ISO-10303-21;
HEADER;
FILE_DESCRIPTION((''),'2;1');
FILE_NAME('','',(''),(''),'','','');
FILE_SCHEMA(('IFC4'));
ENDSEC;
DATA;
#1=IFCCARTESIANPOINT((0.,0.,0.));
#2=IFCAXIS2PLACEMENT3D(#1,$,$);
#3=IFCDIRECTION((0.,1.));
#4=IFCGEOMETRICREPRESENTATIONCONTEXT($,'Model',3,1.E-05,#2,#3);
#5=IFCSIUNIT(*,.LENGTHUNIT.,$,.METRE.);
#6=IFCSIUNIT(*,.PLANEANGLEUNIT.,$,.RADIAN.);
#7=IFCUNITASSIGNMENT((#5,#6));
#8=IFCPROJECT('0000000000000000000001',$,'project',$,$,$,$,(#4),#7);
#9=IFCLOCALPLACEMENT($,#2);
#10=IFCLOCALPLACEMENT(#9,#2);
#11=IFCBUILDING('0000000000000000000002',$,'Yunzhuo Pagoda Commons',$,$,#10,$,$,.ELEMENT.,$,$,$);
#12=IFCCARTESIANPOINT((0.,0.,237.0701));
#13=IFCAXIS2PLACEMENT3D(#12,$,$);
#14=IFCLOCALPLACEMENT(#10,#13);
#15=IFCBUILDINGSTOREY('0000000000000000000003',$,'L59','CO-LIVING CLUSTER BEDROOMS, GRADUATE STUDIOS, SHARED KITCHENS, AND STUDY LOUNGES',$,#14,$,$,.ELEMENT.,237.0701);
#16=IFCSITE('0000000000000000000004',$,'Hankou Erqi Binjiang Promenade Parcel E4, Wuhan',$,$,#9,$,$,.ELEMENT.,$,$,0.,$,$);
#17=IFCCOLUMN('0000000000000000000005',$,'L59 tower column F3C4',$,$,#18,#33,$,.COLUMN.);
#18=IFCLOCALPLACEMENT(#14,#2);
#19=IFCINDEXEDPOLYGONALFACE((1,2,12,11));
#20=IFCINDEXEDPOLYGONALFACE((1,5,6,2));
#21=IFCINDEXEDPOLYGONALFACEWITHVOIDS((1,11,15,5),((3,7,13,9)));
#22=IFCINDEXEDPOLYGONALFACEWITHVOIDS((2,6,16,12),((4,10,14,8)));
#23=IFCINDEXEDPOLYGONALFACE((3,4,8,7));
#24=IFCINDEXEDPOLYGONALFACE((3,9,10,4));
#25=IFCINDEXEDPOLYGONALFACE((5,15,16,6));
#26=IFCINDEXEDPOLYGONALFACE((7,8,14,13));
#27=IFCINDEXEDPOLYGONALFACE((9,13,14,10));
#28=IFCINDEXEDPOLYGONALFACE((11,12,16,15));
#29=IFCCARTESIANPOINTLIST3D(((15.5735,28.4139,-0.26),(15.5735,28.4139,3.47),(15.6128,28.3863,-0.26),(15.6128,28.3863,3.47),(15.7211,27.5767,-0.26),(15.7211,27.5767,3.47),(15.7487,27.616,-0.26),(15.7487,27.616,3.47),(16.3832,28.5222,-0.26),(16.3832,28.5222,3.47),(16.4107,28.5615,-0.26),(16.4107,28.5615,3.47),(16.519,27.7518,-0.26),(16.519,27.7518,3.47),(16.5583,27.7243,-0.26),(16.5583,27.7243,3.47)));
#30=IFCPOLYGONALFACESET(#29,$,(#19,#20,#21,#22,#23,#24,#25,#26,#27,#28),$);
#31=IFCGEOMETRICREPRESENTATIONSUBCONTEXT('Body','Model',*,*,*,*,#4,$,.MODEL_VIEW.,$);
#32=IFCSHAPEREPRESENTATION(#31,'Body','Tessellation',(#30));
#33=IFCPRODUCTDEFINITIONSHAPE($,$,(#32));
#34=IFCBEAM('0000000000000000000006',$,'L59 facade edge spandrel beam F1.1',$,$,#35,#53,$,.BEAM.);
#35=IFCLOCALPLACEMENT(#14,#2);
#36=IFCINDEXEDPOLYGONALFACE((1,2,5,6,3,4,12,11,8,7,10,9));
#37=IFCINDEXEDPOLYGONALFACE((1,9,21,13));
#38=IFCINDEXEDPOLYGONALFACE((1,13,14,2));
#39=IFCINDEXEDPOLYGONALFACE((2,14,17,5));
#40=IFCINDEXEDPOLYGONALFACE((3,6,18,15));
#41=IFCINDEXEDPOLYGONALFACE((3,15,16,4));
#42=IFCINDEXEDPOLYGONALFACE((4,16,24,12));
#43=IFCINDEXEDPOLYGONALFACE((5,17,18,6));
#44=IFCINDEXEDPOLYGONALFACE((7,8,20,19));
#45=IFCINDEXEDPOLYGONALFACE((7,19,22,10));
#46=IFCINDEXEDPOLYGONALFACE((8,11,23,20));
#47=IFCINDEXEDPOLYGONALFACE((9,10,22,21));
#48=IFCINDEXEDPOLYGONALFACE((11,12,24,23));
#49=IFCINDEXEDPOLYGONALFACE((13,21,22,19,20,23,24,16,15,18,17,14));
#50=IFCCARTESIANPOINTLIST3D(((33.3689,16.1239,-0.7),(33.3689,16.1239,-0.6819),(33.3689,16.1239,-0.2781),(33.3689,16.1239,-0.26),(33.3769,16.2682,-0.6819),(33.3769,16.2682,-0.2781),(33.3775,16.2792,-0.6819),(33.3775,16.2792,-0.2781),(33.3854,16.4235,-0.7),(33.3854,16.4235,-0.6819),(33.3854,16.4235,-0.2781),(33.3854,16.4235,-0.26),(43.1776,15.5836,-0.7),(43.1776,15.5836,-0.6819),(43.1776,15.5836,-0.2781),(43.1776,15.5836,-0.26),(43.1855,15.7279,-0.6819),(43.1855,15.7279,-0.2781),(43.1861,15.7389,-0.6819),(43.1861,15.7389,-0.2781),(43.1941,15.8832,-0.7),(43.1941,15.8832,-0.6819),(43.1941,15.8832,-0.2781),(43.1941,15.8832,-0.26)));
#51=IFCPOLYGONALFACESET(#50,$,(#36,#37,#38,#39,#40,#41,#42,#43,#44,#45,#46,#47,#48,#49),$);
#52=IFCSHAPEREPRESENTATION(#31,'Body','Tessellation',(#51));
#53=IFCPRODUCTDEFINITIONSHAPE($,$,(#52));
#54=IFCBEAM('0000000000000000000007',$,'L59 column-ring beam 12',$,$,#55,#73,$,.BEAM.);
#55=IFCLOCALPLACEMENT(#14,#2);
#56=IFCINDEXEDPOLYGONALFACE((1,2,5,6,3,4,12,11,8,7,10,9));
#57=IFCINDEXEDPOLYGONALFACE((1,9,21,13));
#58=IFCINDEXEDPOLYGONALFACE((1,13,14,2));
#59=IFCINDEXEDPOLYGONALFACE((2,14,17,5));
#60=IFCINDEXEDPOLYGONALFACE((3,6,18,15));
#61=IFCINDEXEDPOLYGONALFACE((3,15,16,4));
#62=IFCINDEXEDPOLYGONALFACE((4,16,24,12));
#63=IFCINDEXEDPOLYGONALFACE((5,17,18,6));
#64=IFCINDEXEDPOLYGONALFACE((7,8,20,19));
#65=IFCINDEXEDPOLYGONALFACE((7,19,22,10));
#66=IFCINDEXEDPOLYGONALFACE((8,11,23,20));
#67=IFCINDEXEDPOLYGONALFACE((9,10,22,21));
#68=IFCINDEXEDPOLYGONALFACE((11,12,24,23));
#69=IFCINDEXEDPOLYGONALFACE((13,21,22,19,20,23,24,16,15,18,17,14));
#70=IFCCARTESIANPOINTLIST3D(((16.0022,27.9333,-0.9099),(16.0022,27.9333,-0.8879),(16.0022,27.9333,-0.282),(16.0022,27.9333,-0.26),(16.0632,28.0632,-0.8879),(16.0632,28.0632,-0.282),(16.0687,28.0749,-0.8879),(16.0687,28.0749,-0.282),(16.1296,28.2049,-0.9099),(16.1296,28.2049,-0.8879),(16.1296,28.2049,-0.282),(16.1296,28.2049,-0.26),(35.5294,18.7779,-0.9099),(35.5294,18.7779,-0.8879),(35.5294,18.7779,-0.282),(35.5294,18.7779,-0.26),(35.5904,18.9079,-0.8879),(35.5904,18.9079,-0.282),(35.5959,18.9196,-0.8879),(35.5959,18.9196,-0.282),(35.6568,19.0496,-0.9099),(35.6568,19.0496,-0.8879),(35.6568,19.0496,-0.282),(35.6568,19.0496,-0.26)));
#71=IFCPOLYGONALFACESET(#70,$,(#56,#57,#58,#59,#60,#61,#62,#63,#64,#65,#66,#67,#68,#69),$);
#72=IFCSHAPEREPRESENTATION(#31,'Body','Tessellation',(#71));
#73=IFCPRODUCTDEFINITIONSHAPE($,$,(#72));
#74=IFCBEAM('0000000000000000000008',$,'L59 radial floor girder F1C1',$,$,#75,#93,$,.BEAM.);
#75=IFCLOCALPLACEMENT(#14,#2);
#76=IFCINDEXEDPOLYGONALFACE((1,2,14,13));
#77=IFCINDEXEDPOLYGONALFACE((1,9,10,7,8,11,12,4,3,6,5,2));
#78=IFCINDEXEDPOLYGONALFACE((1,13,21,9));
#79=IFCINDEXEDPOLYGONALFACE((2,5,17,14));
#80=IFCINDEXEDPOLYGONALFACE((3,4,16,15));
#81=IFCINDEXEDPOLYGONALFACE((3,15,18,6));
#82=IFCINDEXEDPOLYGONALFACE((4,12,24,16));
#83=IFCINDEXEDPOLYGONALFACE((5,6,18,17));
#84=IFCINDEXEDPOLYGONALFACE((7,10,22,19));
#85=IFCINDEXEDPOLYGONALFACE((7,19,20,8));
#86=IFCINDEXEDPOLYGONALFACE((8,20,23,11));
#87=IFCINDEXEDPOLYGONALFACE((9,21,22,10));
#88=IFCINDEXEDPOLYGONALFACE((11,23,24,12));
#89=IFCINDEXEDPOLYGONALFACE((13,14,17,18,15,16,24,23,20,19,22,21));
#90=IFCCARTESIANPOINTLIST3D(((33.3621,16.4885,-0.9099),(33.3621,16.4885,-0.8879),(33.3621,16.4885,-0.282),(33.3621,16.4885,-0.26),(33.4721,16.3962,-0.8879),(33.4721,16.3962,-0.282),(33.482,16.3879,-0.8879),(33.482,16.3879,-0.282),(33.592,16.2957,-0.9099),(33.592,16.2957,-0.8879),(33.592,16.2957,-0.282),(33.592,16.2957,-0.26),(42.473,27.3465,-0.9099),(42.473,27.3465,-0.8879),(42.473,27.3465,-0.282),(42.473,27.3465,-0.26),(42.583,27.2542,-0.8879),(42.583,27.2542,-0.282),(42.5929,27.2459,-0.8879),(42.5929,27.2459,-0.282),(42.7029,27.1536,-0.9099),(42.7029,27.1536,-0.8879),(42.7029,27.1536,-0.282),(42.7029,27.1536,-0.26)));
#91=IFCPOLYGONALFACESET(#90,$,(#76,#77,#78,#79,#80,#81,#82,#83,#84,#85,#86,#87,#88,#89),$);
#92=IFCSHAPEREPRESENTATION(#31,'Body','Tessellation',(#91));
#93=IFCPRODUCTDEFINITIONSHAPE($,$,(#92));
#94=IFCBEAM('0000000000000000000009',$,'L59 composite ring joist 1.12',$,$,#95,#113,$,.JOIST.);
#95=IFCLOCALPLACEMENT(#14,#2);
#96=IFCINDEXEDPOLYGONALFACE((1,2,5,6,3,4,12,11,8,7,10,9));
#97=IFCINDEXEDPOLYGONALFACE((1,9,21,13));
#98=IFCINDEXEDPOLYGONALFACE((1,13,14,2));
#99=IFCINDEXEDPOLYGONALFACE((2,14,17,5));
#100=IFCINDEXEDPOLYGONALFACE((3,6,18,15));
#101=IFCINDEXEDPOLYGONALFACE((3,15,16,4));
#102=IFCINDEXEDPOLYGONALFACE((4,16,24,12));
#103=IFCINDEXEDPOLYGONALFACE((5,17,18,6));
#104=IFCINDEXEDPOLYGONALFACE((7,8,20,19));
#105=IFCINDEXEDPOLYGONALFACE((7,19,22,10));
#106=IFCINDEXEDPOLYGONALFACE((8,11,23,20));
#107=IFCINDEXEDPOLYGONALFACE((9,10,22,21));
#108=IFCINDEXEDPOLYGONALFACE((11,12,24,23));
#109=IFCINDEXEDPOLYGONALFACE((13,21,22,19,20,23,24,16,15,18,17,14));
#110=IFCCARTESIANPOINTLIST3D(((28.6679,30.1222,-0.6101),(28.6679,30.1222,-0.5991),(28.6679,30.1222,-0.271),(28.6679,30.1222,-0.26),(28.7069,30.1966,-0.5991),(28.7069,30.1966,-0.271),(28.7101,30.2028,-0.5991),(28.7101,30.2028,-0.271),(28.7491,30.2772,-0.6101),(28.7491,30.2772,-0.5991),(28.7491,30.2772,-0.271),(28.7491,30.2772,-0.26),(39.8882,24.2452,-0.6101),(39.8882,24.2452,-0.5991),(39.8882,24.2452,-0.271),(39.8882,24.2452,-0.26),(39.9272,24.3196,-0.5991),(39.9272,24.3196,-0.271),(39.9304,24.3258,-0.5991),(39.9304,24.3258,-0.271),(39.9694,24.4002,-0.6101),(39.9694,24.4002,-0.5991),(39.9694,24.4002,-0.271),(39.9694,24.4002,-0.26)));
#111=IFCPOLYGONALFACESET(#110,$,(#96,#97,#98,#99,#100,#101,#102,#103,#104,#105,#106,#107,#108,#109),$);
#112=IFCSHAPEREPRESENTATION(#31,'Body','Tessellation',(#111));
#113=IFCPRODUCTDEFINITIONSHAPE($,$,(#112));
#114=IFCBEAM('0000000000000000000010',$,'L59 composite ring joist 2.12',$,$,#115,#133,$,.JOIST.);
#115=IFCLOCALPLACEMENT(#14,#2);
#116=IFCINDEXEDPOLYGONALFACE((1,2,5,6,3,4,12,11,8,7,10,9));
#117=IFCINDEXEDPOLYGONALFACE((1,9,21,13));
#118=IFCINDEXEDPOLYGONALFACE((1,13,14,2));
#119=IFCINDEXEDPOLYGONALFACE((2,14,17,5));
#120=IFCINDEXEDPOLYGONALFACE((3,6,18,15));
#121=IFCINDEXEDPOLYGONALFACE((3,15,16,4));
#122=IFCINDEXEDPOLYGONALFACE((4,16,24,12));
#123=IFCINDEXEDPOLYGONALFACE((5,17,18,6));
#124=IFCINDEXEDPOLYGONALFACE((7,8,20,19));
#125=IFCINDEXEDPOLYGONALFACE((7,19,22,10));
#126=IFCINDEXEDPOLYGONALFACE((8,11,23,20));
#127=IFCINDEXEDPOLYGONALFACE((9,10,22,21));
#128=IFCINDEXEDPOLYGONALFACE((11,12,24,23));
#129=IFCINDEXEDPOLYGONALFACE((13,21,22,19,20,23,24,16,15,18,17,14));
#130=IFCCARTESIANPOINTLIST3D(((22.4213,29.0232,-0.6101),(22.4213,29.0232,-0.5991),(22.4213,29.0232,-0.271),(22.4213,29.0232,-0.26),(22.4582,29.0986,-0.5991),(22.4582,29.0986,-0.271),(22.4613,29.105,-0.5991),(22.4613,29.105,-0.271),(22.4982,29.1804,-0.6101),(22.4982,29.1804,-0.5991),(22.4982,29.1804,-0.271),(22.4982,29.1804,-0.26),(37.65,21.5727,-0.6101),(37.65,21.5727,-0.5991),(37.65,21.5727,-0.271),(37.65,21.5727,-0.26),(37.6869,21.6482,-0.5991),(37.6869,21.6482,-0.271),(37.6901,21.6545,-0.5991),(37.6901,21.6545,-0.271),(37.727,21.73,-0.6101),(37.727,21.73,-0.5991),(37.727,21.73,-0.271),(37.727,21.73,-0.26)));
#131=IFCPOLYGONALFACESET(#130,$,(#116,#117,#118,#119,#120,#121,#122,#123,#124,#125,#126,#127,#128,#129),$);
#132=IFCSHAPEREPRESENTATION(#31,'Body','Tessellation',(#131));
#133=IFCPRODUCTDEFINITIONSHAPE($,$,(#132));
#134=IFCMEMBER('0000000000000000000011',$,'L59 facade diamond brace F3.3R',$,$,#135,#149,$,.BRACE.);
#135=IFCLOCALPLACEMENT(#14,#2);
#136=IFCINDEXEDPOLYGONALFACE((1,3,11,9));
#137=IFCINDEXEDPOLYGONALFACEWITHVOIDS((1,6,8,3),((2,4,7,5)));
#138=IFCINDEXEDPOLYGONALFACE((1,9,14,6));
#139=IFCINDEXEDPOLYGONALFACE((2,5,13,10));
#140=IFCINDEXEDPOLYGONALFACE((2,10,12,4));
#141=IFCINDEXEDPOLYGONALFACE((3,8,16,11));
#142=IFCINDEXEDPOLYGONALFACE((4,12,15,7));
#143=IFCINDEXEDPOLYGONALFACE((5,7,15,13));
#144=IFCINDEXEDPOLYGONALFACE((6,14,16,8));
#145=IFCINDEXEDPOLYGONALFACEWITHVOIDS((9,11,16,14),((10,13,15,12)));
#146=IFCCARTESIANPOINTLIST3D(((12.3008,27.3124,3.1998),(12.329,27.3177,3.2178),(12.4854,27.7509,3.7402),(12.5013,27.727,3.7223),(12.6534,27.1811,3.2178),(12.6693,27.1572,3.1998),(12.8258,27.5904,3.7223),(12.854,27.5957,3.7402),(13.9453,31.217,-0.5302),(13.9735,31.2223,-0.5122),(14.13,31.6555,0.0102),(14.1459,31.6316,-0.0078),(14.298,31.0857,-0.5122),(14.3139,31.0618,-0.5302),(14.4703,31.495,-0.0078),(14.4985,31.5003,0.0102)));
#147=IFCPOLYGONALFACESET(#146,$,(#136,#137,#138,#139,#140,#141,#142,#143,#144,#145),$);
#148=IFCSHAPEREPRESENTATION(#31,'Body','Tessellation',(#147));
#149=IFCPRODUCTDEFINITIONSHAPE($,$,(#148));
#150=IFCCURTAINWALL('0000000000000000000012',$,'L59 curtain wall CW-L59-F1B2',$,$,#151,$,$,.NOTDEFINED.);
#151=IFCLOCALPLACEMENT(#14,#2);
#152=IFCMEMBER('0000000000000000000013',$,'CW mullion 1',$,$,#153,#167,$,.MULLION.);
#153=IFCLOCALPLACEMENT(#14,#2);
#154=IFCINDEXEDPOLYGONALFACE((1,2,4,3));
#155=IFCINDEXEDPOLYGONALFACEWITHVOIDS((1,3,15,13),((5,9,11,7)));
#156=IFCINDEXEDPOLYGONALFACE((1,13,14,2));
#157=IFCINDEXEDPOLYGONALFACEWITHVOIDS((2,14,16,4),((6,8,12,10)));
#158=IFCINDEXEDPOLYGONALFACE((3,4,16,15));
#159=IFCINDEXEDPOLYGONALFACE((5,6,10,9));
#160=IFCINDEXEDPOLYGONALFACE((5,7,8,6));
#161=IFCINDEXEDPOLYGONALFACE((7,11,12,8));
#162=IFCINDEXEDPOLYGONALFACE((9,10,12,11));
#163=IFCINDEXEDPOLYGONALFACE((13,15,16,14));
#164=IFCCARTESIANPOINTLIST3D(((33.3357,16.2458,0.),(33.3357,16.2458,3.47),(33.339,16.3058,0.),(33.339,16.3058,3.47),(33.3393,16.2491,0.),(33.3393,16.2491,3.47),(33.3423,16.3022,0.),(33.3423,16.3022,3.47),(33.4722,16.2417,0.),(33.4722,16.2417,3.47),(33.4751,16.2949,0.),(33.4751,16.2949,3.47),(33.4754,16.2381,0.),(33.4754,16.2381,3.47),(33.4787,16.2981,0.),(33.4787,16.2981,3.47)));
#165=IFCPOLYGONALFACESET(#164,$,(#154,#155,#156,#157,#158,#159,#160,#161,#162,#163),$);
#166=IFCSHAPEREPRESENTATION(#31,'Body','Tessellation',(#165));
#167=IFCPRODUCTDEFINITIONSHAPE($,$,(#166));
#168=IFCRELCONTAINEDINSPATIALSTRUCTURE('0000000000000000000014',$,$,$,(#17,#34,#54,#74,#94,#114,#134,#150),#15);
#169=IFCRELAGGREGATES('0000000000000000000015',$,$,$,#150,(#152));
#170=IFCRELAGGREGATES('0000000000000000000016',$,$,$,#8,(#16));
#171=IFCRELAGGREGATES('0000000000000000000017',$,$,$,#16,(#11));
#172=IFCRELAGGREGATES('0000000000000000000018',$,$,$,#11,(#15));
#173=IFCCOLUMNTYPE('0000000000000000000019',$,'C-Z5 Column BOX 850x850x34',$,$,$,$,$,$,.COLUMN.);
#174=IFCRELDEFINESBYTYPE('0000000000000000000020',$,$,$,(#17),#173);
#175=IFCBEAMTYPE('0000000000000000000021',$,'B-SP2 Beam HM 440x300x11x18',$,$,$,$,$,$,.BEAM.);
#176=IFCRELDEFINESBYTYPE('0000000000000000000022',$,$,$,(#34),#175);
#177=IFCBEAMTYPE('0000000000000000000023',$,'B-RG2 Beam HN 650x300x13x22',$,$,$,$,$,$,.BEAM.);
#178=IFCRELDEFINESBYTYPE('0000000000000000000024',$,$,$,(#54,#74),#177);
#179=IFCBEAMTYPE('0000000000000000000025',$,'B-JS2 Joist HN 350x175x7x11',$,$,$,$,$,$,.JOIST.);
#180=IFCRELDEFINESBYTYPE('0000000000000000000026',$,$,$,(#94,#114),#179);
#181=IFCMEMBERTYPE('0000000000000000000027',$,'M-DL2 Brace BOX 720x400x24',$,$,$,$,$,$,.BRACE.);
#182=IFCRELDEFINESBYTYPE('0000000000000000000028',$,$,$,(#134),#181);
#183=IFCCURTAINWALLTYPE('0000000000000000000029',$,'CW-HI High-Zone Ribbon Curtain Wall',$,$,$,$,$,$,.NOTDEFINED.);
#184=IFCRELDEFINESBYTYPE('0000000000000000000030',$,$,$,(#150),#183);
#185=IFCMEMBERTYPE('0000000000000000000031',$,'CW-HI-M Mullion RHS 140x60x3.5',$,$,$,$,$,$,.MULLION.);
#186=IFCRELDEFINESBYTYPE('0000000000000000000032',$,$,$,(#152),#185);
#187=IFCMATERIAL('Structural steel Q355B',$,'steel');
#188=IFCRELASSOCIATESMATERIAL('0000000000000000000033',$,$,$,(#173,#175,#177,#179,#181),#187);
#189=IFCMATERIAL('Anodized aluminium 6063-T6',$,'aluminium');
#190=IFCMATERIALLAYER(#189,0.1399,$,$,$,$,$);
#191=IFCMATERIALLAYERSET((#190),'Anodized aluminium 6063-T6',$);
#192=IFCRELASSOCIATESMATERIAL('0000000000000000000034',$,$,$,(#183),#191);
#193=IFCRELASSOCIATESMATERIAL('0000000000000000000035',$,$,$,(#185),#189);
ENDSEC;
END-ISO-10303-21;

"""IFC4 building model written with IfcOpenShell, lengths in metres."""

from ifc_helpers import new_model, si_unit, direction, frame, origin, origin_2d, place, context, subcontext, project, spatial, hollow_rectangle, i_section, extrude, source, transform, mapped, material, layer, layer_set, material_profile, profile_set, type_object, element, aggregate, save


model = new_model("IFC4")

# Units and contexts
model_context = context("Model", 3, precision=1e-05, world=origin(), true_north=direction((0.0, 1.0)))
body_context = subcontext(model_context, "Body", "Model", "MODEL_VIEW")
ifc_project = project(units=[si_unit("LENGTHUNIT", "METRE"), si_unit("PLANEANGLEUNIT", "RADIAN")], contexts=[model_context])

# Site, building, storey
site_placement = place(None, origin())
site = spatial("IfcSite", under=ifc_project, at=site_placement, Name="Hankou Erqi Binjiang Promenade Parcel E4, Wuhan", CompositionType="ELEMENT", RefElevation=0.0)
building_placement = place(site_placement, origin())
building = spatial("IfcBuilding", under=site, at=building_placement, Name="Yunzhuo Pagoda Commons", CompositionType="ELEMENT")
storey_placement = place(building_placement, frame((0.0, 0.0, 237.0701)))
storey = spatial("IfcBuildingStorey", under=building, at=storey_placement, Name="L59", Description="CO-LIVING CLUSTER BEDROOMS, GRADUATE STUDIOS, SHARED KITCHENS, AND STUDY LOUNGES", CompositionType="ELEMENT", Elevation=237.0701)

# Column
ifc_material_1 = material(Name="Structural steel Q355B", Category="steel")
ifc_material_profile_1 = material_profile(ifc_material_1, hollow_rectangle(XDim=0.8501, YDim=0.8501, WallThickness=0.0339, at=origin_2d()), Name="Structural steel Q355B")
ifc_profile_set_1 = profile_set([ifc_material_profile_1], Name="Structural steel Q355B")
column_type = type_object("IfcColumnType", Name="C-Z5 Column BOX 850x850x34", PredefinedType="COLUMN", material=ifc_profile_set_1)
shared_shape_1 = source(origin(), body_context, "Body", "SweptSolid", [
    extrude(hollow_rectangle(XDim=0.8501, YDim=0.8501, WallThickness=0.0339, at=origin_2d()), origin(), (0.0, 0.0, 1.0), 3.73),
])
column_placement = place(storey_placement, frame((16.0659, 28.0691, -0.26), z_axis=(0.0, 0.0, 1.0), x_axis=(0.173648, -0.984808, 0.0)))
element("IfcColumn", 1, at=column_placement, inside=storey, type_object=column_type, Name="L59 tower column F3C4", PredefinedType="COLUMN", context=body_context, shape_type="MappedRepresentation", body=[
    mapped(shared_shape_1, transform((0.0, 0.0, 0.0), scale=1.0)),
])

# Beams
ifc_material_profile_2 = material_profile(ifc_material_1, i_section(OverallWidth=0.3, OverallDepth=0.4399, WebThickness=0.011, FlangeThickness=0.0181, at=origin_2d()), Name="Structural steel Q355B")
ifc_profile_set_2 = profile_set([ifc_material_profile_2], Name="Structural steel Q355B")
beam_type_1 = type_object("IfcBeamType", Name="B-SP2 Beam HM 440x300x11x18", PredefinedType="BEAM", material=ifc_profile_set_2)
shared_shape_2 = source(origin(), body_context, "Body", "SweptSolid", [
    extrude(i_section(OverallWidth=0.3, OverallDepth=0.4399, WebThickness=0.011, FlangeThickness=0.0181, at=origin_2d()), origin(), (0.0, 0.0, 1.0), 9.8235),
])
beam_1_placement = place(storey_placement, frame((33.3772, 16.2737, -0.48), z_axis=(0.998486, -0.054999, 0.0), x_axis=(0.054999, 0.998486, 0.0)))
element("IfcBeam", 2, at=beam_1_placement, inside=storey, type_object=beam_type_1, Name="L59 facade edge spandrel beam F1.1", PredefinedType="BEAM", context=body_context, shape_type="MappedRepresentation", body=[
    mapped(shared_shape_2, transform((0.0, 0.0, 0.0), scale=1.0)),
])
ifc_material_profile_3 = material_profile(ifc_material_1, i_section(OverallWidth=0.3, OverallDepth=0.6499, WebThickness=0.0129, FlangeThickness=0.022, at=origin_2d()), Name="Structural steel Q355B")
ifc_profile_set_3 = profile_set([ifc_material_profile_3], Name="Structural steel Q355B")
beam_type_2 = type_object("IfcBeamType", Name="B-RG2 Beam HN 650x300x13x22", PredefinedType="BEAM", material=ifc_profile_set_3)
shared_shape_3 = source(origin(), body_context, "Body", "SweptSolid", [
    extrude(i_section(OverallWidth=0.3, OverallDepth=0.6499, WebThickness=0.0129, FlangeThickness=0.022, at=origin_2d()), origin(), (0.0, 0.0, 1.0), 21.5669),
])
beam_2_placement = place(storey_placement, frame((16.0659, 28.0691, -0.585), z_axis=(0.905424, -0.424508, 0.0), x_axis=(0.424508, 0.905424, 0.0)))
element("IfcBeam", 3, at=beam_2_placement, inside=storey, type_object=beam_type_2, Name="L59 column-ring beam 12", PredefinedType="BEAM", context=body_context, shape_type="MappedRepresentation", body=[
    mapped(shared_shape_3, transform((0.0, 0.0, 0.0), scale=1.0)),
])
shared_shape_4 = source(origin(), body_context, "Body", "SweptSolid", [
    extrude(i_section(OverallWidth=0.3, OverallDepth=0.6499, WebThickness=0.0129, FlangeThickness=0.022, at=origin_2d()), origin(), (0.0, 0.0, 1.0), 14.1741),
])
beam_3_placement = place(storey_placement, frame((33.4771, 16.3921, -0.585), z_axis=(0.642786, 0.766045, 0.0), x_axis=(-0.766045, 0.642786, 0.0)))
element("IfcBeam", 4, at=beam_3_placement, inside=storey, type_object=beam_type_2, Name="L59 radial floor girder F1C1", PredefinedType="BEAM", context=body_context, shape_type="MappedRepresentation", body=[
    mapped(shared_shape_4, transform((0.0, 0.0, 0.0), scale=1.0)),
])
ifc_material_profile_4 = material_profile(ifc_material_1, i_section(OverallWidth=0.175, OverallDepth=0.3501, WebThickness=0.0071, FlangeThickness=0.011, at=origin_2d()), Name="Structural steel Q355B")
ifc_profile_set_4 = profile_set([ifc_material_profile_4], Name="Structural steel Q355B")
beam_type_3 = type_object("IfcBeamType", Name="B-JS2 Joist HN 350x175x7x11", PredefinedType="JOIST", material=ifc_profile_set_4)
shared_shape_5 = source(origin(), body_context, "Body", "SweptSolid", [
    extrude(i_section(OverallWidth=0.175, OverallDepth=0.3501, WebThickness=0.0071, FlangeThickness=0.011, at=origin_2d()), origin(), (0.0, 0.0, 1.0), 12.6663),
])
beam_4_placement = place(storey_placement, frame((28.7085, 30.1997, -0.4351), z_axis=(0.885841, -0.463988, 0.0), x_axis=(0.463988, 0.885841, 0.0)))
element("IfcBeam", 5, at=beam_4_placement, inside=storey, type_object=beam_type_3, Name="L59 composite ring joist 1.12", PredefinedType="JOIST", context=body_context, shape_type="MappedRepresentation", body=[
    mapped(shared_shape_5, transform((0.0, 0.0, 0.0), scale=1.0)),
])
shared_shape_6 = source(origin(), body_context, "Body", "SweptSolid", [
    extrude(i_section(OverallWidth=0.175, OverallDepth=0.3501, WebThickness=0.0071, FlangeThickness=0.011, at=origin_2d()), origin(), (0.0, 0.0, 1.0), 16.9536),
])
beam_5_placement = place(storey_placement, frame((22.4597, 29.1018, -0.4351), z_axis=(0.898262, -0.439461, 0.0), x_axis=(0.439461, 0.898262, 0.0)))
element("IfcBeam", 6, at=beam_5_placement, inside=storey, type_object=beam_type_3, Name="L59 composite ring joist 2.12", PredefinedType="JOIST", context=body_context, shape_type="MappedRepresentation", body=[
    mapped(shared_shape_6, transform((0.0, 0.0, 0.0), scale=1.0)),
])

# Member
ifc_material_profile_5 = material_profile(ifc_material_1, hollow_rectangle(XDim=0.3999, YDim=0.72, WallThickness=0.0239, at=origin_2d()), Name="Structural steel Q355B")
ifc_profile_set_5 = profile_set([ifc_material_profile_5], Name="Structural steel Q355B")
member_type_1 = type_object("IfcMemberType", Name="M-DL2 Brace BOX 720x400x24", PredefinedType="BRACE", material=ifc_profile_set_5)
shared_shape_7 = source(origin(), body_context, "Body", "SweptSolid", [
    extrude(hollow_rectangle(XDim=0.3999, YDim=0.72, WallThickness=0.0239, at=origin_2d()), origin(), (0.0, 0.0, 1.0), 5.6448),
])
member_1_placement = place(storey_placement, frame((14.2219, 31.3586, -0.26), z_axis=(-0.291341, -0.691718, 0.660793), x_axis=(0.921592, -0.38816, 0.0)))
element("IfcMember", 7, at=member_1_placement, inside=storey, type_object=member_type_1, Name="L59 facade diamond brace F3.3R", PredefinedType="BRACE", context=body_context, shape_type="MappedRepresentation", body=[
    mapped(shared_shape_7, transform((0.0, 0.0, 0.0), scale=1.0)),
])

# Curtain wall, member
ifc_material_2 = material(Name="Anodized aluminium 6063-T6", Category="aluminium")
ifc_layer_1 = layer(ifc_material_2, 0.1399)
ifc_layer_set_1 = layer_set([ifc_layer_1], Name="Anodized aluminium 6063-T6")
curtain_wall_type = type_object("IfcCurtainWallType", Name="CW-HI High-Zone Ribbon Curtain Wall", PredefinedType="NOTDEFINED", material=ifc_layer_set_1)
curtain_wall_1_placement = place(storey_placement, origin())
curtain_wall_1 = element("IfcCurtainWall", 8, at=curtain_wall_1_placement, inside=storey, type_object=curtain_wall_type, Name="L59 curtain wall CW-L59-F1B2", PredefinedType="NOTDEFINED")
ifc_material_profile_6 = material_profile(ifc_material_2, hollow_rectangle(XDim=0.0601, YDim=0.1399, WallThickness=0.0034, at=origin_2d()), Name="Anodized aluminium 6063-T6")
ifc_profile_set_6 = profile_set([ifc_material_profile_6], Name="Anodized aluminium 6063-T6")
member_type_2 = type_object("IfcMemberType", Name="CW-HI-M Mullion RHS 140x60x3.5", PredefinedType="MULLION", material=ifc_profile_set_6)
shared_shape_8 = source(origin(), body_context, "Body", "SweptSolid", [
    extrude(hollow_rectangle(XDim=0.0601, YDim=0.1399, WallThickness=0.0034, at=origin_2d()), origin(), (0.0, 0.0, 1.0), 3.47),
])
member_2_placement = place(storey_placement, frame((33.4072, 16.272, 0.0), z_axis=(0.0, 0.0, 1.0), x_axis=(0.054981, 0.998487, 0.0)))
member_2 = element("IfcMember", 9, at=member_2_placement, type_object=member_type_2, Name="CW mullion 1", PredefinedType="MULLION", context=body_context, shape_type="MappedRepresentation", body=[
    mapped(shared_shape_8, transform((0.0, 0.0, 0.0), scale=1.0)),
])

aggregate(curtain_wall_1, [member_2])

save(model, "model.ifc")
